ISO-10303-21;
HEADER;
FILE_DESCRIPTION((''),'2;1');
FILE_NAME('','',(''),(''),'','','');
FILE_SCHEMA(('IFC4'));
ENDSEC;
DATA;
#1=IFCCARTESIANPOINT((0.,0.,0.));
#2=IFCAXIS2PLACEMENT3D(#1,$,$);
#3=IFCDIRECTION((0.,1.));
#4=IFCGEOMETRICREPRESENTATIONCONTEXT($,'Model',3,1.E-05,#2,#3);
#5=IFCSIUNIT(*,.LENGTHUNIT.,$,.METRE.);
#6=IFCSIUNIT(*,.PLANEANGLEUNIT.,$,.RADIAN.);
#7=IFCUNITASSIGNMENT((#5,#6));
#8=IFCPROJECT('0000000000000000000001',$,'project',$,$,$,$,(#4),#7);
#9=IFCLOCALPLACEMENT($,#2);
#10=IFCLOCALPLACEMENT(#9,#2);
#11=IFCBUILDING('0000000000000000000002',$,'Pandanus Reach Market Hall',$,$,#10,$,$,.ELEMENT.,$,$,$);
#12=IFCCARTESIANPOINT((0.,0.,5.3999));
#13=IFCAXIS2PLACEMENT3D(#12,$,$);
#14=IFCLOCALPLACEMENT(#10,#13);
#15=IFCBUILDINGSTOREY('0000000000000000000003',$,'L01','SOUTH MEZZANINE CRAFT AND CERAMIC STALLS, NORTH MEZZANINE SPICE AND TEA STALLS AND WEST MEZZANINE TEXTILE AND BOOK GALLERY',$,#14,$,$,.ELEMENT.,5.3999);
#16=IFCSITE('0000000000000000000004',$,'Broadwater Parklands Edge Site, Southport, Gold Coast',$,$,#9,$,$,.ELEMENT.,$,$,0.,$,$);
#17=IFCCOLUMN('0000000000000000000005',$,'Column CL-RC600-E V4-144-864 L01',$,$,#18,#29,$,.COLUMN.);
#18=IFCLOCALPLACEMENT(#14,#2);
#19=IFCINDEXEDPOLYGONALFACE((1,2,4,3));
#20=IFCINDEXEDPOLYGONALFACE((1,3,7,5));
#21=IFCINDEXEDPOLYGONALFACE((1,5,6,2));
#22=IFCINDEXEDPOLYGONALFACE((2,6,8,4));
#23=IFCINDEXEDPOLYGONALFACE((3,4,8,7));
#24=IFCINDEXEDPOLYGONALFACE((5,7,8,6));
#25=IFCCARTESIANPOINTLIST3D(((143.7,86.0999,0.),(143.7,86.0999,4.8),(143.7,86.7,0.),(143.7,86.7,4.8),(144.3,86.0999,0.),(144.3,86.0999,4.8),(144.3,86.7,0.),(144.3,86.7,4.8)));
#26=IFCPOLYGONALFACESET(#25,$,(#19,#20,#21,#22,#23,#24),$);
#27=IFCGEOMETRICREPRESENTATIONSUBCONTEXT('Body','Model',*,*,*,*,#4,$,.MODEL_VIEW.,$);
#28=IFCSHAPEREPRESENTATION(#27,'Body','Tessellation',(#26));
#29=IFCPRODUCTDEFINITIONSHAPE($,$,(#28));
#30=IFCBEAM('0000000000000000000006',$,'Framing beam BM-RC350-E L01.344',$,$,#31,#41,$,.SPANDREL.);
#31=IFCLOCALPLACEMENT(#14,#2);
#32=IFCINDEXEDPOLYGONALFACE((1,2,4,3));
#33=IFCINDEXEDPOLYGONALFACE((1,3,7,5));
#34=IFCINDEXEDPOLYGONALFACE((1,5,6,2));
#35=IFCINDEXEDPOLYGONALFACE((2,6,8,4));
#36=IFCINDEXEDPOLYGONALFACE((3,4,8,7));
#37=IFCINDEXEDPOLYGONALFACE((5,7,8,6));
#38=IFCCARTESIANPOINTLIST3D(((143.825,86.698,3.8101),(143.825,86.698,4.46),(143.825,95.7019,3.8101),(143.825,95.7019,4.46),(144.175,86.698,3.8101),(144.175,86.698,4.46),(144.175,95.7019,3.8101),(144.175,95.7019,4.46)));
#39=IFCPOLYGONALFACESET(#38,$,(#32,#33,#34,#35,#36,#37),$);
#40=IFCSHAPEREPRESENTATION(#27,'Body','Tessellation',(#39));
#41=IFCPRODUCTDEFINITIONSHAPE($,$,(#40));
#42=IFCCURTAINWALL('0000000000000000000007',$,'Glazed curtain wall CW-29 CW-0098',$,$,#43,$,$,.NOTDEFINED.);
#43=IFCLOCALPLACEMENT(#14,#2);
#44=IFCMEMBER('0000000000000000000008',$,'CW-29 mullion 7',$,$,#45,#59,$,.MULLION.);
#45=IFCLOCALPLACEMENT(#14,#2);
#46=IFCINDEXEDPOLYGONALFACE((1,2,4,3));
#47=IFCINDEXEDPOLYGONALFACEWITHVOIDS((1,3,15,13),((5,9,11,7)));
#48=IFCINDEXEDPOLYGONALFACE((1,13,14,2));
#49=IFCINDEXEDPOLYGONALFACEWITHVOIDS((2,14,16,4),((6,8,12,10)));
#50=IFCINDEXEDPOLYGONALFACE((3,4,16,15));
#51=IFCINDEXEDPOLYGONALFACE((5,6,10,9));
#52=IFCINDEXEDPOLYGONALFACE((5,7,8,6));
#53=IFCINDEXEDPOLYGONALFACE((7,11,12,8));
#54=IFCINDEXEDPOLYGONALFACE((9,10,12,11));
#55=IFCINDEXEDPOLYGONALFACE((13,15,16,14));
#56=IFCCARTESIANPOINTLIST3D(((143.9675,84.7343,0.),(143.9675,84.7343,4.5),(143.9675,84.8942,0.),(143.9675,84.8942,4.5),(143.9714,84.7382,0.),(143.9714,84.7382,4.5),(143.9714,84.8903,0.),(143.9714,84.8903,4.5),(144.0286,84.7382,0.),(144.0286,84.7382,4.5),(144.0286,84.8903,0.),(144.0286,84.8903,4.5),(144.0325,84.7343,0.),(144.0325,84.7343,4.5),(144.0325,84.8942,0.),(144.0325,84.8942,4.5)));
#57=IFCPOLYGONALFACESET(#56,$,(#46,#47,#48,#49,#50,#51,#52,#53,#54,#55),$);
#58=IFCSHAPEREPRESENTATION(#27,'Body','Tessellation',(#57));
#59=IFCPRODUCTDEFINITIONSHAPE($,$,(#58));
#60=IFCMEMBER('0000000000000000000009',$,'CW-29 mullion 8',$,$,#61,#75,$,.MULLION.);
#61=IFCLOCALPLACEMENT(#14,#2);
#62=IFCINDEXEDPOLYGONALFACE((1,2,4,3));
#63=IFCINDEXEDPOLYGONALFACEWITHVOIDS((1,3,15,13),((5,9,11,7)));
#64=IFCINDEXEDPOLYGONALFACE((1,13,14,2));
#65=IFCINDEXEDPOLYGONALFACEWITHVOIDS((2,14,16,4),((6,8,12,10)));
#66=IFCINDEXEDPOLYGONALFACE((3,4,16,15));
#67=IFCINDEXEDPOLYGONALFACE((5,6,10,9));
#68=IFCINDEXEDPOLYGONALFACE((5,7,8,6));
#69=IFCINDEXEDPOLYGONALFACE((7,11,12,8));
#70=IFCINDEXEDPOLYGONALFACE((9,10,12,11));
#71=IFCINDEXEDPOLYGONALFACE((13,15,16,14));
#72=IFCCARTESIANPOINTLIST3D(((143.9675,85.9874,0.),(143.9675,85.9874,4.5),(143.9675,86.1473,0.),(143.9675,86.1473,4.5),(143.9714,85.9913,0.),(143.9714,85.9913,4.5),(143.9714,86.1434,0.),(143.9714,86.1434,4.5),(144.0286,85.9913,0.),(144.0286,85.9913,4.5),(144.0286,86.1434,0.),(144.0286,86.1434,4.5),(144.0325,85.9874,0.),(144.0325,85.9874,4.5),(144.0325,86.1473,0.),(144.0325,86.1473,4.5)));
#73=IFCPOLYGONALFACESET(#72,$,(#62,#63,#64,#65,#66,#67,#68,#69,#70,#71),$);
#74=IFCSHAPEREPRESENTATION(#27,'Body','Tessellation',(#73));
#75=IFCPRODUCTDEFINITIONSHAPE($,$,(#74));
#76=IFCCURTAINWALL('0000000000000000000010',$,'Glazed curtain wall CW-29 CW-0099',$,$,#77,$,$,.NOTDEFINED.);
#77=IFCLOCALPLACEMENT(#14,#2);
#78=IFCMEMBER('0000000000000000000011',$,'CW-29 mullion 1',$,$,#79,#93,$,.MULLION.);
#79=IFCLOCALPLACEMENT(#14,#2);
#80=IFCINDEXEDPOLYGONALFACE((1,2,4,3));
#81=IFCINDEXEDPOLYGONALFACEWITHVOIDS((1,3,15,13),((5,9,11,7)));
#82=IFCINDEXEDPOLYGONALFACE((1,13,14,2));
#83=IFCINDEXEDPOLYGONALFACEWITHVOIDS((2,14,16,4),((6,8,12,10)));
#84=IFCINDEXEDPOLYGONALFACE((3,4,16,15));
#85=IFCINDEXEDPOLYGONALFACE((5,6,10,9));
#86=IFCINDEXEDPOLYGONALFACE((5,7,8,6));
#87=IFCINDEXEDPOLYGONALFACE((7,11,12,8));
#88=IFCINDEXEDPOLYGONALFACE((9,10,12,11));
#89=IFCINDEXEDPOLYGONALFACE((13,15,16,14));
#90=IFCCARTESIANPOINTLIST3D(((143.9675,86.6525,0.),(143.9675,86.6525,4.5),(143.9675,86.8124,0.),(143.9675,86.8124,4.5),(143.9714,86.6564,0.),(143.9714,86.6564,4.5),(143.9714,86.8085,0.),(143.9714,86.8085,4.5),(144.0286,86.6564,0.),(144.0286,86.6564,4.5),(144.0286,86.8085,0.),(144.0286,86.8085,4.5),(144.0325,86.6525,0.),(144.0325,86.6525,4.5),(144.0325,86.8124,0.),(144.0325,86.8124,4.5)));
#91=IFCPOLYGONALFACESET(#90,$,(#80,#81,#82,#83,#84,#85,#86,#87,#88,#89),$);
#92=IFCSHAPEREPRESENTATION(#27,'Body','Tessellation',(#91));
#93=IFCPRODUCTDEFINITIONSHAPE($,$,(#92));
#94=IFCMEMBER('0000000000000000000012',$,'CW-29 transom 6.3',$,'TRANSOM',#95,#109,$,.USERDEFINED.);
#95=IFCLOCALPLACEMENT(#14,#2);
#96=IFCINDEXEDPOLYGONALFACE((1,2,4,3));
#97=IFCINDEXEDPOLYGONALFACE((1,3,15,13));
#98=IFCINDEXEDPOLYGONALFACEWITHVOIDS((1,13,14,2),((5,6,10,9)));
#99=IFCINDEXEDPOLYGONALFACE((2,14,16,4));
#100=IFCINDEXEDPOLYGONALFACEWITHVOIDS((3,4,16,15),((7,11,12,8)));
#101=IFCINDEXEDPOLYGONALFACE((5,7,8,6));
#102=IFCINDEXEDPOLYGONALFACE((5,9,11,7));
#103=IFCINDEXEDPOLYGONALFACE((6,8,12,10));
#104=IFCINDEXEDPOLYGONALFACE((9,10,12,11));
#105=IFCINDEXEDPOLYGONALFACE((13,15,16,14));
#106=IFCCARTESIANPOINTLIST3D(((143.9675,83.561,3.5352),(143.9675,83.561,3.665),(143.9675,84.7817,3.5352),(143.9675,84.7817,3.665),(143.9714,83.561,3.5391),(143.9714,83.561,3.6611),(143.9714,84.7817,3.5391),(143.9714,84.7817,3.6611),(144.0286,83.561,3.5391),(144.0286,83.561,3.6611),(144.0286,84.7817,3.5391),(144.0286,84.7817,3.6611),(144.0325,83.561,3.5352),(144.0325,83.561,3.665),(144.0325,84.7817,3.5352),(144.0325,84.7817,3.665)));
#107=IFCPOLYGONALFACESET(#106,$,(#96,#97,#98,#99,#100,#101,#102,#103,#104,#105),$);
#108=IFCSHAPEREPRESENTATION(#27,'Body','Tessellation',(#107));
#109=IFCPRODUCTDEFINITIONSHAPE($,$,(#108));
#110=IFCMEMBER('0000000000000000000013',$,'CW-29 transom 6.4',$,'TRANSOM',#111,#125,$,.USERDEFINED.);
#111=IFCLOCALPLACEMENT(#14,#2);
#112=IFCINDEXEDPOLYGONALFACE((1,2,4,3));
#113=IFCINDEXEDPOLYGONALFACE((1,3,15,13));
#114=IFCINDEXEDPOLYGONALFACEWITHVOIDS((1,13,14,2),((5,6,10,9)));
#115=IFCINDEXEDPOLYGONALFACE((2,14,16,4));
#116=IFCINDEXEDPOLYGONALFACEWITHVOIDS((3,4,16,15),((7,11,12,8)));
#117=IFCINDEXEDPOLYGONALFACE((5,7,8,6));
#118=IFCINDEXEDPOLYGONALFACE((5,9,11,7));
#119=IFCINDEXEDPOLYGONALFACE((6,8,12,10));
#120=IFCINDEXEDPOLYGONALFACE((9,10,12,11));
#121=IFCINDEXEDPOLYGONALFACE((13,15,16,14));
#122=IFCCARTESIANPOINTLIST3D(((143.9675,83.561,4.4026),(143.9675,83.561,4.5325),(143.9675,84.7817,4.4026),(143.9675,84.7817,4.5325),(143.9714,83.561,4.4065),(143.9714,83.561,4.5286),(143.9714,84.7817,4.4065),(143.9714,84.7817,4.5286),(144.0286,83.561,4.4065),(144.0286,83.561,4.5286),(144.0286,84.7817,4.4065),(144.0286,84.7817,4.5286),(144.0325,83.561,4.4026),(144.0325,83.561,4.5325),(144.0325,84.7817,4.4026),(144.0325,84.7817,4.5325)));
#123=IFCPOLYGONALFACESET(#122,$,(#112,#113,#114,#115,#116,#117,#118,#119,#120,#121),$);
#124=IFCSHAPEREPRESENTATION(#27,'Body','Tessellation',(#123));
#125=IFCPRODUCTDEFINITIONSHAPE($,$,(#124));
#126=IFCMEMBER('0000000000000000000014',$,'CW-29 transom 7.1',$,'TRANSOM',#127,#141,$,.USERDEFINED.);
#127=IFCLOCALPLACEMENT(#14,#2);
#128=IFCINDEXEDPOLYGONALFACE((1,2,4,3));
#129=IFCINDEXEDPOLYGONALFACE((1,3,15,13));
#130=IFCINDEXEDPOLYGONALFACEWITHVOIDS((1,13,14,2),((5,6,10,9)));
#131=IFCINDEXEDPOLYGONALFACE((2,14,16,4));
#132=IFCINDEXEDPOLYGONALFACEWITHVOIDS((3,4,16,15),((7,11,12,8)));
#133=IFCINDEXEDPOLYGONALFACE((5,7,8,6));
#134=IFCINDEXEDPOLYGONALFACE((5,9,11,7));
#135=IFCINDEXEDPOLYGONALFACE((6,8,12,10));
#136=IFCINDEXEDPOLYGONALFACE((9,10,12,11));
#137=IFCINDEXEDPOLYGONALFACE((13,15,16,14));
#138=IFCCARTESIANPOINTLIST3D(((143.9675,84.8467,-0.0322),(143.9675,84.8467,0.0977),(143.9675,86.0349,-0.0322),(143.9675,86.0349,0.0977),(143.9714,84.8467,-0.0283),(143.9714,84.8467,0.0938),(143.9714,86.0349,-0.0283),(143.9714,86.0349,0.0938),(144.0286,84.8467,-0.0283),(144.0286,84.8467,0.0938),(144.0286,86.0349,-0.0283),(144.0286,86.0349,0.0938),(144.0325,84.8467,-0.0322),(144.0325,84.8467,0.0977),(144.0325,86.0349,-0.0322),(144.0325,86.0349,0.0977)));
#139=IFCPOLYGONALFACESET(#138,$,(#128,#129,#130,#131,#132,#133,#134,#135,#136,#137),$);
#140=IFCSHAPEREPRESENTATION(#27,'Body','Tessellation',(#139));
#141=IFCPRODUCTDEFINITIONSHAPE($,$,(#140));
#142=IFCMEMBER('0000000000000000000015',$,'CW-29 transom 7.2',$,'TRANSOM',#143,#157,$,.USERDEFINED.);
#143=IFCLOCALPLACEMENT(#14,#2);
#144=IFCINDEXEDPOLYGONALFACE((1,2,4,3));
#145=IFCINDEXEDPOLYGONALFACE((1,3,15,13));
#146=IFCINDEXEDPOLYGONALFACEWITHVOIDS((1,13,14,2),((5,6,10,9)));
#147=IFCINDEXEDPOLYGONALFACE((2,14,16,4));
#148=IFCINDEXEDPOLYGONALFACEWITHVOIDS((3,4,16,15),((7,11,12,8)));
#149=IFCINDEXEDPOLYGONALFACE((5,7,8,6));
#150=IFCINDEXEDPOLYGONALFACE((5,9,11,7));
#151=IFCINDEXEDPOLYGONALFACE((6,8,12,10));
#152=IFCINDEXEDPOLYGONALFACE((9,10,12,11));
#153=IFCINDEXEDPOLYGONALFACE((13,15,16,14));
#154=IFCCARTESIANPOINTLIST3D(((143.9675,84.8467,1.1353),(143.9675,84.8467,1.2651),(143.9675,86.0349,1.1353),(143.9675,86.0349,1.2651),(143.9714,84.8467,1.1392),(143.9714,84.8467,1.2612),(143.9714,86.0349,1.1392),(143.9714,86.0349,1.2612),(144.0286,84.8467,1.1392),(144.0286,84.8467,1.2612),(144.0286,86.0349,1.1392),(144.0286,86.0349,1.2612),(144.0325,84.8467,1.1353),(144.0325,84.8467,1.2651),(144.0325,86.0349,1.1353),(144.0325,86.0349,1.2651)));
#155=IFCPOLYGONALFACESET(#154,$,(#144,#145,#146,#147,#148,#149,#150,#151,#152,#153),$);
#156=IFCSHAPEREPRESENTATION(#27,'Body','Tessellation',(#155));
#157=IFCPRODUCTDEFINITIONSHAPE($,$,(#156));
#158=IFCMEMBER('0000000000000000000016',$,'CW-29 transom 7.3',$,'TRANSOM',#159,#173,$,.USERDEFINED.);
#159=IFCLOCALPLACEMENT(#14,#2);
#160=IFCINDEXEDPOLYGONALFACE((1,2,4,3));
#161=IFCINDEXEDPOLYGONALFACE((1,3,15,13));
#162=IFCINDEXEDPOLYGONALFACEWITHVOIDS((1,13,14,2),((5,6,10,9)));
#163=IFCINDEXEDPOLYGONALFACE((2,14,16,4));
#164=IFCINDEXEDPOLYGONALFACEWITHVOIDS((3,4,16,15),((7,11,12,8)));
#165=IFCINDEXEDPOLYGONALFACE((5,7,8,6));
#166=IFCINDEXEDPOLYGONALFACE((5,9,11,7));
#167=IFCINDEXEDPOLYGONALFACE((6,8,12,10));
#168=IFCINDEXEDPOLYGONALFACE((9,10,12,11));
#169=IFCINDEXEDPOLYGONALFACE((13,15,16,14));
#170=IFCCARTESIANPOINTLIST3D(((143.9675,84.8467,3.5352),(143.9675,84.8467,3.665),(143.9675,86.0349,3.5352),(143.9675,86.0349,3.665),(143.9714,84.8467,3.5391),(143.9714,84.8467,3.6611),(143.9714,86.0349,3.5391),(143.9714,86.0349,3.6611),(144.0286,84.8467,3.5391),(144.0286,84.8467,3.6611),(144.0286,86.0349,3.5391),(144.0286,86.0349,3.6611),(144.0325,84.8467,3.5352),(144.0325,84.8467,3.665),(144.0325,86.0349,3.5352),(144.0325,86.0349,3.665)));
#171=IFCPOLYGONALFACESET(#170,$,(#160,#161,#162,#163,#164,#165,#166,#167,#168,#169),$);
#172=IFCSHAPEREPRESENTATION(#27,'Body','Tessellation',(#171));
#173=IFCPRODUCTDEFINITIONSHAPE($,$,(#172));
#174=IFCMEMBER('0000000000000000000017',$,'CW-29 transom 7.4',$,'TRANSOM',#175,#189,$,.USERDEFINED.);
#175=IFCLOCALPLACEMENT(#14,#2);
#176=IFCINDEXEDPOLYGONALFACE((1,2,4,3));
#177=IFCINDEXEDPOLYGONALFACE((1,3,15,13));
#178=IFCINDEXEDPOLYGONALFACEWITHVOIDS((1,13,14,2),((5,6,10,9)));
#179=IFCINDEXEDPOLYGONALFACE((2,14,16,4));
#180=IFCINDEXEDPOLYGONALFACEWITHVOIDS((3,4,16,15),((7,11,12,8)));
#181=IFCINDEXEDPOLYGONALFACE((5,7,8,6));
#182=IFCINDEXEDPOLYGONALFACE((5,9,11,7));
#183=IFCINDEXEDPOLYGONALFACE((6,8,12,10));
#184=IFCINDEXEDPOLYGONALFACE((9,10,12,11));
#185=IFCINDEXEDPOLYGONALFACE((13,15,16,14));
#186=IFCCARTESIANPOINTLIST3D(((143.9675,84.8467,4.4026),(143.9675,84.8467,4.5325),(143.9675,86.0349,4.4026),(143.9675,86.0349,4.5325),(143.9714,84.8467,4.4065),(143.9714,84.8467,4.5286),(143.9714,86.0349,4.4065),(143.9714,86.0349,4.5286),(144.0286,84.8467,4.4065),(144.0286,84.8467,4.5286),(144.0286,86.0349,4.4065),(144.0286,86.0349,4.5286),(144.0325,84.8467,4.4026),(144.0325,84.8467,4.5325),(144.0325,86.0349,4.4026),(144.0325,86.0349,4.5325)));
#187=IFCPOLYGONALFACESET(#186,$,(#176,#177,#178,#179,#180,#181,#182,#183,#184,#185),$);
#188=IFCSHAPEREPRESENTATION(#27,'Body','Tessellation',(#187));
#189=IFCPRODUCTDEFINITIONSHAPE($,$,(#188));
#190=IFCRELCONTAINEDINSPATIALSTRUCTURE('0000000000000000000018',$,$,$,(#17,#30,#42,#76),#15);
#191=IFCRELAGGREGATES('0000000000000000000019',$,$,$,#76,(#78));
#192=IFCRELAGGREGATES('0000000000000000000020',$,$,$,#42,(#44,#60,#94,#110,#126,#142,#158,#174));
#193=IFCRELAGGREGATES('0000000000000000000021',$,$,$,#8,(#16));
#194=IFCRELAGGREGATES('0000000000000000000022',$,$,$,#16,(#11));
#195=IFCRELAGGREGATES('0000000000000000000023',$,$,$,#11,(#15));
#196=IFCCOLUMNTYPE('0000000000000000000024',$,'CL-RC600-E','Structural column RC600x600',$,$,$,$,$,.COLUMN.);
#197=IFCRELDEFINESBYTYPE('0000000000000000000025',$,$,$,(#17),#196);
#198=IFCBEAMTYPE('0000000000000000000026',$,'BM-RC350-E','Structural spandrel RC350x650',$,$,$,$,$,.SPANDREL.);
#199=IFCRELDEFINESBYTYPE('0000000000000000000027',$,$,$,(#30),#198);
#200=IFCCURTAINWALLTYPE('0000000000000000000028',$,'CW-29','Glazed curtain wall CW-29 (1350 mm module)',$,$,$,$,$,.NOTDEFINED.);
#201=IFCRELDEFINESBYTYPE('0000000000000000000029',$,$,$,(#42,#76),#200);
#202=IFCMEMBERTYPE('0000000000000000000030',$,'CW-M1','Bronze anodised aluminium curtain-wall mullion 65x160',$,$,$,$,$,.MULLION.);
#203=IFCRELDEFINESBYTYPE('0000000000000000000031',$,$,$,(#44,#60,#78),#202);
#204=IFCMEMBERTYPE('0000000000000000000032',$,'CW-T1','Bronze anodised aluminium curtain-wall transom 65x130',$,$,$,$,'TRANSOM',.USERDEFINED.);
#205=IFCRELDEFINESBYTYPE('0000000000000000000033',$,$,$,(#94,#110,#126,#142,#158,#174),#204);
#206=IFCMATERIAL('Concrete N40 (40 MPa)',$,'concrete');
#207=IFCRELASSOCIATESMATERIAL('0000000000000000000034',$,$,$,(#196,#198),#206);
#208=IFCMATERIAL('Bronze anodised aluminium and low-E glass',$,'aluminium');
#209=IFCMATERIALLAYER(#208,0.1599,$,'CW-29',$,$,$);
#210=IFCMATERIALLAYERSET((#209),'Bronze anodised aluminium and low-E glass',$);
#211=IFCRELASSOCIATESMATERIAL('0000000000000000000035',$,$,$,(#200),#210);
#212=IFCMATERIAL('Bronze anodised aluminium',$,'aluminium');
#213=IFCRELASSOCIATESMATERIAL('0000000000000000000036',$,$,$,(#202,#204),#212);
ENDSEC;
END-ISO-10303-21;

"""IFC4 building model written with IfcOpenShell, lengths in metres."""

from ifc_helpers import new_model, si_unit, direction, frame, origin, origin_2d, place, context, subcontext, project, spatial, rectangle, hollow_rectangle, extrude, material, layer, layer_set, material_profile, profile_set, type_object, element, aggregate, save


model = new_model("IFC4")

# Units and contexts
model_context = context("Model", 3, precision=1e-05, world=origin(), true_north=direction((0.0, 1.0)))
body_context = subcontext(model_context, "Body", "Model", "MODEL_VIEW")
ifc_project = project(units=[si_unit("LENGTHUNIT", "METRE"), si_unit("PLANEANGLEUNIT", "RADIAN")], contexts=[model_context])

# Site, building, storey
site_placement = place(None, origin())
site = spatial("IfcSite", under=ifc_project, at=site_placement, Name="Broadwater Parklands Edge Site, Southport, Gold Coast", CompositionType="ELEMENT", RefElevation=0.0)
building_placement = place(site_placement, origin())
building = spatial("IfcBuilding", under=site, at=building_placement, Name="Pandanus Reach Market Hall", CompositionType="ELEMENT")
storey_placement = place(building_placement, frame((0.0, 0.0, 5.3999)))
storey = spatial("IfcBuildingStorey", under=building, at=storey_placement, Name="L01", Description="SOUTH MEZZANINE CRAFT AND CERAMIC STALLS, NORTH MEZZANINE SPICE AND TEA STALLS AND WEST MEZZANINE TEXTILE AND BOOK GALLERY", CompositionType="ELEMENT", Elevation=5.3999)

# Column
ifc_material_1 = material(Name="Concrete N40 (40 MPa)", Category="concrete")
ifc_material_profile_1 = material_profile(ifc_material_1, rectangle(XDim=0.6001, YDim=0.6001, at=origin_2d()), Name="RC600x600", Category="LoadBearing")
ifc_profile_set_1 = profile_set([ifc_material_profile_1], Name="Concrete N40 (40 MPa)")
column_type = type_object("IfcColumnType", Name="CL-RC600-E", Description="Structural column RC600x600", PredefinedType="COLUMN", material=ifc_profile_set_1)
column_placement = place(storey_placement, frame((144.0, 86.3999, 0.0), z_axis=(0.0, 0.0, 1.0), x_axis=(1.0, 0.0, 0.0)))
element("IfcColumn", 1, at=column_placement, inside=storey, type_object=column_type, Name="Column CL-RC600-E V4-144-864 L01", PredefinedType="COLUMN", context=body_context, shape_type="SweptSolid", body=[
    extrude(rectangle(XDim=0.6001, YDim=0.6001, at=origin_2d()), origin(), (0.0, 0.0, 1.0), 4.8),
])

# Beam
ifc_material_profile_2 = material_profile(ifc_material_1, rectangle(XDim=0.3501, YDim=0.6499, at=origin_2d()), Name="RC350x650", Category="LoadBearing")
ifc_profile_set_2 = profile_set([ifc_material_profile_2], Name="Concrete N40 (40 MPa)")
beam_type = type_object("IfcBeamType", Name="BM-RC350-E", Description="Structural spandrel RC350x650", PredefinedType="SPANDREL", material=ifc_profile_set_2)
beam_placement = place(storey_placement, frame((144.0, 86.698, 4.135), z_axis=(0.0, 1.0, 0.0), x_axis=(-1.0, 0.0, 0.0)))
element("IfcBeam", 2, at=beam_placement, inside=storey, type_object=beam_type, Name="Framing beam BM-RC350-E L01.344", PredefinedType="SPANDREL", context=body_context, shape_type="SweptSolid", body=[
    extrude(rectangle(XDim=0.3501, YDim=0.6499, at=origin_2d()), origin(), (0.0, 0.0, 1.0), 9.0039),
])

# Curtain wall, members
ifc_material_2 = material(Name="Bronze anodised aluminium and low-E glass", Category="aluminium")
ifc_layer_1 = layer(ifc_material_2, 0.1599, Name="CW-29")
ifc_layer_set_1 = layer_set([ifc_layer_1], Name="Bronze anodised aluminium and low-E glass")
curtain_wall_type = type_object("IfcCurtainWallType", Name="CW-29", Description="Glazed curtain wall CW-29 (1350 mm module)", PredefinedType="NOTDEFINED", material=ifc_layer_set_1)
curtain_wall_1_placement = place(storey_placement, origin())
curtain_wall_1 = element("IfcCurtainWall", 3, at=curtain_wall_1_placement, inside=storey, type_object=curtain_wall_type, Name="Glazed curtain wall CW-29 CW-0098", PredefinedType="NOTDEFINED")
ifc_material_3 = material(Name="Bronze anodised aluminium", Category="aluminium")
ifc_material_profile_3 = material_profile(ifc_material_3, hollow_rectangle(XDim=0.0649, YDim=0.1599, WallThickness=0.0039, at=origin_2d()), Name="ALU65x160", Category="LoadBearing")
ifc_profile_set_3 = profile_set([ifc_material_profile_3], Name="Bronze anodised aluminium")
member_type_1 = type_object("IfcMemberType", Name="CW-M1", Description="Bronze anodised aluminium curtain-wall mullion 65x160", PredefinedType="MULLION", material=ifc_profile_set_3)
member_1_placement = place(storey_placement, frame((144.0, 84.8142, 0.0), z_axis=(0.0, 0.0, 1.0), x_axis=(-1.0, 0.0, 0.0)))
member_1 = element("IfcMember", 4, at=member_1_placement, type_object=member_type_1, Name="CW-29 mullion 7", PredefinedType="MULLION", context=body_context, shape_type="SweptSolid", body=[
    extrude(hollow_rectangle(XDim=0.0649, YDim=0.1599, WallThickness=0.0039, at=origin_2d()), origin(), (0.0, 0.0, 1.0), 4.5),
])
member_2_placement = place(storey_placement, frame((144.0, 86.0674, 0.0), z_axis=(0.0, 0.0, 1.0), x_axis=(-1.0, 0.0, 0.0)))
member_2 = element("IfcMember", 5, at=member_2_placement, type_object=member_type_1, Name="CW-29 mullion 8", PredefinedType="MULLION", context=body_context, shape_type="SweptSolid", body=[
    extrude(hollow_rectangle(XDim=0.0649, YDim=0.1599, WallThickness=0.0039, at=origin_2d()), origin(), (0.0, 0.0, 1.0), 4.5),
])

# Curtain wall, member
curtain_wall_2_placement = place(storey_placement, origin())
curtain_wall_2 = element("IfcCurtainWall", 6, at=curtain_wall_2_placement, inside=storey, type_object=curtain_wall_type, Name="Glazed curtain wall CW-29 CW-0099", PredefinedType="NOTDEFINED")
member_3_placement = place(storey_placement, frame((144.0, 86.7324, 0.0), z_axis=(0.0, 0.0, 1.0), x_axis=(-1.0, 0.0, 0.0)))
member_3 = element("IfcMember", 7, at=member_3_placement, type_object=member_type_1, Name="CW-29 mullion 1", PredefinedType="MULLION", context=body_context, shape_type="SweptSolid", body=[
    extrude(hollow_rectangle(XDim=0.0649, YDim=0.1599, WallThickness=0.0039, at=origin_2d()), origin(), (0.0, 0.0, 1.0), 4.5),
])

# Members
ifc_material_profile_4 = material_profile(ifc_material_3, hollow_rectangle(XDim=0.0649, YDim=0.1299, WallThickness=0.0039, at=origin_2d()), Name="ALU65x130", Category="LoadBearing")
ifc_profile_set_4 = profile_set([ifc_material_profile_4], Name="Bronze anodised aluminium")
member_type_2 = type_object("IfcMemberType", Name="CW-T1", Description="Bronze anodised aluminium curtain-wall transom 65x130", ElementType="TRANSOM", PredefinedType="USERDEFINED", material=ifc_profile_set_4)
member_4_placement = place(storey_placement, frame((144.0, 83.561, 3.6001), z_axis=(0.0, 1.0, 0.0), x_axis=(-1.0, 0.0, 0.0)))
member_4 = element("IfcMember", 8, at=member_4_placement, type_object=member_type_2, Name="CW-29 transom 6.3", ObjectType="TRANSOM", PredefinedType="USERDEFINED", context=body_context, shape_type="SweptSolid", body=[
    extrude(hollow_rectangle(XDim=0.0649, YDim=0.1299, WallThickness=0.0039, at=origin_2d()), origin(), (0.0, 0.0, 1.0), 1.2207),
])
member_5_placement = place(storey_placement, frame((144.0, 83.561, 4.4675), z_axis=(0.0, 1.0, 0.0), x_axis=(-1.0, 0.0, 0.0)))
member_5 = element("IfcMember", 9, at=member_5_placement, type_object=member_type_2, Name="CW-29 transom 6.4", ObjectType="TRANSOM", PredefinedType="USERDEFINED", context=body_context, shape_type="SweptSolid", body=[
    extrude(hollow_rectangle(XDim=0.0649, YDim=0.1299, WallThickness=0.0039, at=origin_2d()), origin(), (0.0, 0.0, 1.0), 1.2207),
])
member_6_placement = place(storey_placement, frame((144.0, 84.8467, 0.0327), z_axis=(0.0, 1.0, 0.0), x_axis=(-1.0, 0.0, 0.0)))
member_6 = element("IfcMember", 10, at=member_6_placement, type_object=member_type_2, Name="CW-29 transom 7.1", ObjectType="TRANSOM", PredefinedType="USERDEFINED", context=body_context, shape_type="SweptSolid", body=[
    extrude(hollow_rectangle(XDim=0.0649, YDim=0.1299, WallThickness=0.0039, at=origin_2d()), origin(), (0.0, 0.0, 1.0), 1.1882),
])
member_7_placement = place(storey_placement, frame((144.0, 84.8467, 1.2002), z_axis=(0.0, 1.0, 0.0), x_axis=(-1.0, 0.0, 0.0)))
member_7 = element("IfcMember", 11, at=member_7_placement, type_object=member_type_2, Name="CW-29 transom 7.2", ObjectType="TRANSOM", PredefinedType="USERDEFINED", context=body_context, shape_type="SweptSolid", body=[
    extrude(hollow_rectangle(XDim=0.0649, YDim=0.1299, WallThickness=0.0039, at=origin_2d()), origin(), (0.0, 0.0, 1.0), 1.1882),
])
member_8_placement = place(storey_placement, frame((144.0, 84.8467, 3.6001), z_axis=(0.0, 1.0, 0.0), x_axis=(-1.0, 0.0, 0.0)))
member_8 = element("IfcMember", 12, at=member_8_placement, type_object=member_type_2, Name="CW-29 transom 7.3", ObjectType="TRANSOM", PredefinedType="USERDEFINED", context=body_context, shape_type="SweptSolid", body=[
    extrude(hollow_rectangle(XDim=0.0649, YDim=0.1299, WallThickness=0.0039, at=origin_2d()), origin(), (0.0, 0.0, 1.0), 1.1882),
])
member_9_placement = place(storey_placement, frame((144.0, 84.8467, 4.4675), z_axis=(0.0, 1.0, 0.0), x_axis=(-1.0, 0.0, 0.0)))
member_9 = element("IfcMember", 13, at=member_9_placement, type_object=member_type_2, Name="CW-29 transom 7.4", ObjectType="TRANSOM", PredefinedType="USERDEFINED", context=body_context, shape_type="SweptSolid", body=[
    extrude(hollow_rectangle(XDim=0.0649, YDim=0.1299, WallThickness=0.0039, at=origin_2d()), origin(), (0.0, 0.0, 1.0), 1.1882),
])
aggregate(curtain_wall_2, [member_3])

aggregate(curtain_wall_1, [member_1, member_2, member_4, member_5, member_6, member_7, member_8, member_9])

save(model, "model.ifc")
